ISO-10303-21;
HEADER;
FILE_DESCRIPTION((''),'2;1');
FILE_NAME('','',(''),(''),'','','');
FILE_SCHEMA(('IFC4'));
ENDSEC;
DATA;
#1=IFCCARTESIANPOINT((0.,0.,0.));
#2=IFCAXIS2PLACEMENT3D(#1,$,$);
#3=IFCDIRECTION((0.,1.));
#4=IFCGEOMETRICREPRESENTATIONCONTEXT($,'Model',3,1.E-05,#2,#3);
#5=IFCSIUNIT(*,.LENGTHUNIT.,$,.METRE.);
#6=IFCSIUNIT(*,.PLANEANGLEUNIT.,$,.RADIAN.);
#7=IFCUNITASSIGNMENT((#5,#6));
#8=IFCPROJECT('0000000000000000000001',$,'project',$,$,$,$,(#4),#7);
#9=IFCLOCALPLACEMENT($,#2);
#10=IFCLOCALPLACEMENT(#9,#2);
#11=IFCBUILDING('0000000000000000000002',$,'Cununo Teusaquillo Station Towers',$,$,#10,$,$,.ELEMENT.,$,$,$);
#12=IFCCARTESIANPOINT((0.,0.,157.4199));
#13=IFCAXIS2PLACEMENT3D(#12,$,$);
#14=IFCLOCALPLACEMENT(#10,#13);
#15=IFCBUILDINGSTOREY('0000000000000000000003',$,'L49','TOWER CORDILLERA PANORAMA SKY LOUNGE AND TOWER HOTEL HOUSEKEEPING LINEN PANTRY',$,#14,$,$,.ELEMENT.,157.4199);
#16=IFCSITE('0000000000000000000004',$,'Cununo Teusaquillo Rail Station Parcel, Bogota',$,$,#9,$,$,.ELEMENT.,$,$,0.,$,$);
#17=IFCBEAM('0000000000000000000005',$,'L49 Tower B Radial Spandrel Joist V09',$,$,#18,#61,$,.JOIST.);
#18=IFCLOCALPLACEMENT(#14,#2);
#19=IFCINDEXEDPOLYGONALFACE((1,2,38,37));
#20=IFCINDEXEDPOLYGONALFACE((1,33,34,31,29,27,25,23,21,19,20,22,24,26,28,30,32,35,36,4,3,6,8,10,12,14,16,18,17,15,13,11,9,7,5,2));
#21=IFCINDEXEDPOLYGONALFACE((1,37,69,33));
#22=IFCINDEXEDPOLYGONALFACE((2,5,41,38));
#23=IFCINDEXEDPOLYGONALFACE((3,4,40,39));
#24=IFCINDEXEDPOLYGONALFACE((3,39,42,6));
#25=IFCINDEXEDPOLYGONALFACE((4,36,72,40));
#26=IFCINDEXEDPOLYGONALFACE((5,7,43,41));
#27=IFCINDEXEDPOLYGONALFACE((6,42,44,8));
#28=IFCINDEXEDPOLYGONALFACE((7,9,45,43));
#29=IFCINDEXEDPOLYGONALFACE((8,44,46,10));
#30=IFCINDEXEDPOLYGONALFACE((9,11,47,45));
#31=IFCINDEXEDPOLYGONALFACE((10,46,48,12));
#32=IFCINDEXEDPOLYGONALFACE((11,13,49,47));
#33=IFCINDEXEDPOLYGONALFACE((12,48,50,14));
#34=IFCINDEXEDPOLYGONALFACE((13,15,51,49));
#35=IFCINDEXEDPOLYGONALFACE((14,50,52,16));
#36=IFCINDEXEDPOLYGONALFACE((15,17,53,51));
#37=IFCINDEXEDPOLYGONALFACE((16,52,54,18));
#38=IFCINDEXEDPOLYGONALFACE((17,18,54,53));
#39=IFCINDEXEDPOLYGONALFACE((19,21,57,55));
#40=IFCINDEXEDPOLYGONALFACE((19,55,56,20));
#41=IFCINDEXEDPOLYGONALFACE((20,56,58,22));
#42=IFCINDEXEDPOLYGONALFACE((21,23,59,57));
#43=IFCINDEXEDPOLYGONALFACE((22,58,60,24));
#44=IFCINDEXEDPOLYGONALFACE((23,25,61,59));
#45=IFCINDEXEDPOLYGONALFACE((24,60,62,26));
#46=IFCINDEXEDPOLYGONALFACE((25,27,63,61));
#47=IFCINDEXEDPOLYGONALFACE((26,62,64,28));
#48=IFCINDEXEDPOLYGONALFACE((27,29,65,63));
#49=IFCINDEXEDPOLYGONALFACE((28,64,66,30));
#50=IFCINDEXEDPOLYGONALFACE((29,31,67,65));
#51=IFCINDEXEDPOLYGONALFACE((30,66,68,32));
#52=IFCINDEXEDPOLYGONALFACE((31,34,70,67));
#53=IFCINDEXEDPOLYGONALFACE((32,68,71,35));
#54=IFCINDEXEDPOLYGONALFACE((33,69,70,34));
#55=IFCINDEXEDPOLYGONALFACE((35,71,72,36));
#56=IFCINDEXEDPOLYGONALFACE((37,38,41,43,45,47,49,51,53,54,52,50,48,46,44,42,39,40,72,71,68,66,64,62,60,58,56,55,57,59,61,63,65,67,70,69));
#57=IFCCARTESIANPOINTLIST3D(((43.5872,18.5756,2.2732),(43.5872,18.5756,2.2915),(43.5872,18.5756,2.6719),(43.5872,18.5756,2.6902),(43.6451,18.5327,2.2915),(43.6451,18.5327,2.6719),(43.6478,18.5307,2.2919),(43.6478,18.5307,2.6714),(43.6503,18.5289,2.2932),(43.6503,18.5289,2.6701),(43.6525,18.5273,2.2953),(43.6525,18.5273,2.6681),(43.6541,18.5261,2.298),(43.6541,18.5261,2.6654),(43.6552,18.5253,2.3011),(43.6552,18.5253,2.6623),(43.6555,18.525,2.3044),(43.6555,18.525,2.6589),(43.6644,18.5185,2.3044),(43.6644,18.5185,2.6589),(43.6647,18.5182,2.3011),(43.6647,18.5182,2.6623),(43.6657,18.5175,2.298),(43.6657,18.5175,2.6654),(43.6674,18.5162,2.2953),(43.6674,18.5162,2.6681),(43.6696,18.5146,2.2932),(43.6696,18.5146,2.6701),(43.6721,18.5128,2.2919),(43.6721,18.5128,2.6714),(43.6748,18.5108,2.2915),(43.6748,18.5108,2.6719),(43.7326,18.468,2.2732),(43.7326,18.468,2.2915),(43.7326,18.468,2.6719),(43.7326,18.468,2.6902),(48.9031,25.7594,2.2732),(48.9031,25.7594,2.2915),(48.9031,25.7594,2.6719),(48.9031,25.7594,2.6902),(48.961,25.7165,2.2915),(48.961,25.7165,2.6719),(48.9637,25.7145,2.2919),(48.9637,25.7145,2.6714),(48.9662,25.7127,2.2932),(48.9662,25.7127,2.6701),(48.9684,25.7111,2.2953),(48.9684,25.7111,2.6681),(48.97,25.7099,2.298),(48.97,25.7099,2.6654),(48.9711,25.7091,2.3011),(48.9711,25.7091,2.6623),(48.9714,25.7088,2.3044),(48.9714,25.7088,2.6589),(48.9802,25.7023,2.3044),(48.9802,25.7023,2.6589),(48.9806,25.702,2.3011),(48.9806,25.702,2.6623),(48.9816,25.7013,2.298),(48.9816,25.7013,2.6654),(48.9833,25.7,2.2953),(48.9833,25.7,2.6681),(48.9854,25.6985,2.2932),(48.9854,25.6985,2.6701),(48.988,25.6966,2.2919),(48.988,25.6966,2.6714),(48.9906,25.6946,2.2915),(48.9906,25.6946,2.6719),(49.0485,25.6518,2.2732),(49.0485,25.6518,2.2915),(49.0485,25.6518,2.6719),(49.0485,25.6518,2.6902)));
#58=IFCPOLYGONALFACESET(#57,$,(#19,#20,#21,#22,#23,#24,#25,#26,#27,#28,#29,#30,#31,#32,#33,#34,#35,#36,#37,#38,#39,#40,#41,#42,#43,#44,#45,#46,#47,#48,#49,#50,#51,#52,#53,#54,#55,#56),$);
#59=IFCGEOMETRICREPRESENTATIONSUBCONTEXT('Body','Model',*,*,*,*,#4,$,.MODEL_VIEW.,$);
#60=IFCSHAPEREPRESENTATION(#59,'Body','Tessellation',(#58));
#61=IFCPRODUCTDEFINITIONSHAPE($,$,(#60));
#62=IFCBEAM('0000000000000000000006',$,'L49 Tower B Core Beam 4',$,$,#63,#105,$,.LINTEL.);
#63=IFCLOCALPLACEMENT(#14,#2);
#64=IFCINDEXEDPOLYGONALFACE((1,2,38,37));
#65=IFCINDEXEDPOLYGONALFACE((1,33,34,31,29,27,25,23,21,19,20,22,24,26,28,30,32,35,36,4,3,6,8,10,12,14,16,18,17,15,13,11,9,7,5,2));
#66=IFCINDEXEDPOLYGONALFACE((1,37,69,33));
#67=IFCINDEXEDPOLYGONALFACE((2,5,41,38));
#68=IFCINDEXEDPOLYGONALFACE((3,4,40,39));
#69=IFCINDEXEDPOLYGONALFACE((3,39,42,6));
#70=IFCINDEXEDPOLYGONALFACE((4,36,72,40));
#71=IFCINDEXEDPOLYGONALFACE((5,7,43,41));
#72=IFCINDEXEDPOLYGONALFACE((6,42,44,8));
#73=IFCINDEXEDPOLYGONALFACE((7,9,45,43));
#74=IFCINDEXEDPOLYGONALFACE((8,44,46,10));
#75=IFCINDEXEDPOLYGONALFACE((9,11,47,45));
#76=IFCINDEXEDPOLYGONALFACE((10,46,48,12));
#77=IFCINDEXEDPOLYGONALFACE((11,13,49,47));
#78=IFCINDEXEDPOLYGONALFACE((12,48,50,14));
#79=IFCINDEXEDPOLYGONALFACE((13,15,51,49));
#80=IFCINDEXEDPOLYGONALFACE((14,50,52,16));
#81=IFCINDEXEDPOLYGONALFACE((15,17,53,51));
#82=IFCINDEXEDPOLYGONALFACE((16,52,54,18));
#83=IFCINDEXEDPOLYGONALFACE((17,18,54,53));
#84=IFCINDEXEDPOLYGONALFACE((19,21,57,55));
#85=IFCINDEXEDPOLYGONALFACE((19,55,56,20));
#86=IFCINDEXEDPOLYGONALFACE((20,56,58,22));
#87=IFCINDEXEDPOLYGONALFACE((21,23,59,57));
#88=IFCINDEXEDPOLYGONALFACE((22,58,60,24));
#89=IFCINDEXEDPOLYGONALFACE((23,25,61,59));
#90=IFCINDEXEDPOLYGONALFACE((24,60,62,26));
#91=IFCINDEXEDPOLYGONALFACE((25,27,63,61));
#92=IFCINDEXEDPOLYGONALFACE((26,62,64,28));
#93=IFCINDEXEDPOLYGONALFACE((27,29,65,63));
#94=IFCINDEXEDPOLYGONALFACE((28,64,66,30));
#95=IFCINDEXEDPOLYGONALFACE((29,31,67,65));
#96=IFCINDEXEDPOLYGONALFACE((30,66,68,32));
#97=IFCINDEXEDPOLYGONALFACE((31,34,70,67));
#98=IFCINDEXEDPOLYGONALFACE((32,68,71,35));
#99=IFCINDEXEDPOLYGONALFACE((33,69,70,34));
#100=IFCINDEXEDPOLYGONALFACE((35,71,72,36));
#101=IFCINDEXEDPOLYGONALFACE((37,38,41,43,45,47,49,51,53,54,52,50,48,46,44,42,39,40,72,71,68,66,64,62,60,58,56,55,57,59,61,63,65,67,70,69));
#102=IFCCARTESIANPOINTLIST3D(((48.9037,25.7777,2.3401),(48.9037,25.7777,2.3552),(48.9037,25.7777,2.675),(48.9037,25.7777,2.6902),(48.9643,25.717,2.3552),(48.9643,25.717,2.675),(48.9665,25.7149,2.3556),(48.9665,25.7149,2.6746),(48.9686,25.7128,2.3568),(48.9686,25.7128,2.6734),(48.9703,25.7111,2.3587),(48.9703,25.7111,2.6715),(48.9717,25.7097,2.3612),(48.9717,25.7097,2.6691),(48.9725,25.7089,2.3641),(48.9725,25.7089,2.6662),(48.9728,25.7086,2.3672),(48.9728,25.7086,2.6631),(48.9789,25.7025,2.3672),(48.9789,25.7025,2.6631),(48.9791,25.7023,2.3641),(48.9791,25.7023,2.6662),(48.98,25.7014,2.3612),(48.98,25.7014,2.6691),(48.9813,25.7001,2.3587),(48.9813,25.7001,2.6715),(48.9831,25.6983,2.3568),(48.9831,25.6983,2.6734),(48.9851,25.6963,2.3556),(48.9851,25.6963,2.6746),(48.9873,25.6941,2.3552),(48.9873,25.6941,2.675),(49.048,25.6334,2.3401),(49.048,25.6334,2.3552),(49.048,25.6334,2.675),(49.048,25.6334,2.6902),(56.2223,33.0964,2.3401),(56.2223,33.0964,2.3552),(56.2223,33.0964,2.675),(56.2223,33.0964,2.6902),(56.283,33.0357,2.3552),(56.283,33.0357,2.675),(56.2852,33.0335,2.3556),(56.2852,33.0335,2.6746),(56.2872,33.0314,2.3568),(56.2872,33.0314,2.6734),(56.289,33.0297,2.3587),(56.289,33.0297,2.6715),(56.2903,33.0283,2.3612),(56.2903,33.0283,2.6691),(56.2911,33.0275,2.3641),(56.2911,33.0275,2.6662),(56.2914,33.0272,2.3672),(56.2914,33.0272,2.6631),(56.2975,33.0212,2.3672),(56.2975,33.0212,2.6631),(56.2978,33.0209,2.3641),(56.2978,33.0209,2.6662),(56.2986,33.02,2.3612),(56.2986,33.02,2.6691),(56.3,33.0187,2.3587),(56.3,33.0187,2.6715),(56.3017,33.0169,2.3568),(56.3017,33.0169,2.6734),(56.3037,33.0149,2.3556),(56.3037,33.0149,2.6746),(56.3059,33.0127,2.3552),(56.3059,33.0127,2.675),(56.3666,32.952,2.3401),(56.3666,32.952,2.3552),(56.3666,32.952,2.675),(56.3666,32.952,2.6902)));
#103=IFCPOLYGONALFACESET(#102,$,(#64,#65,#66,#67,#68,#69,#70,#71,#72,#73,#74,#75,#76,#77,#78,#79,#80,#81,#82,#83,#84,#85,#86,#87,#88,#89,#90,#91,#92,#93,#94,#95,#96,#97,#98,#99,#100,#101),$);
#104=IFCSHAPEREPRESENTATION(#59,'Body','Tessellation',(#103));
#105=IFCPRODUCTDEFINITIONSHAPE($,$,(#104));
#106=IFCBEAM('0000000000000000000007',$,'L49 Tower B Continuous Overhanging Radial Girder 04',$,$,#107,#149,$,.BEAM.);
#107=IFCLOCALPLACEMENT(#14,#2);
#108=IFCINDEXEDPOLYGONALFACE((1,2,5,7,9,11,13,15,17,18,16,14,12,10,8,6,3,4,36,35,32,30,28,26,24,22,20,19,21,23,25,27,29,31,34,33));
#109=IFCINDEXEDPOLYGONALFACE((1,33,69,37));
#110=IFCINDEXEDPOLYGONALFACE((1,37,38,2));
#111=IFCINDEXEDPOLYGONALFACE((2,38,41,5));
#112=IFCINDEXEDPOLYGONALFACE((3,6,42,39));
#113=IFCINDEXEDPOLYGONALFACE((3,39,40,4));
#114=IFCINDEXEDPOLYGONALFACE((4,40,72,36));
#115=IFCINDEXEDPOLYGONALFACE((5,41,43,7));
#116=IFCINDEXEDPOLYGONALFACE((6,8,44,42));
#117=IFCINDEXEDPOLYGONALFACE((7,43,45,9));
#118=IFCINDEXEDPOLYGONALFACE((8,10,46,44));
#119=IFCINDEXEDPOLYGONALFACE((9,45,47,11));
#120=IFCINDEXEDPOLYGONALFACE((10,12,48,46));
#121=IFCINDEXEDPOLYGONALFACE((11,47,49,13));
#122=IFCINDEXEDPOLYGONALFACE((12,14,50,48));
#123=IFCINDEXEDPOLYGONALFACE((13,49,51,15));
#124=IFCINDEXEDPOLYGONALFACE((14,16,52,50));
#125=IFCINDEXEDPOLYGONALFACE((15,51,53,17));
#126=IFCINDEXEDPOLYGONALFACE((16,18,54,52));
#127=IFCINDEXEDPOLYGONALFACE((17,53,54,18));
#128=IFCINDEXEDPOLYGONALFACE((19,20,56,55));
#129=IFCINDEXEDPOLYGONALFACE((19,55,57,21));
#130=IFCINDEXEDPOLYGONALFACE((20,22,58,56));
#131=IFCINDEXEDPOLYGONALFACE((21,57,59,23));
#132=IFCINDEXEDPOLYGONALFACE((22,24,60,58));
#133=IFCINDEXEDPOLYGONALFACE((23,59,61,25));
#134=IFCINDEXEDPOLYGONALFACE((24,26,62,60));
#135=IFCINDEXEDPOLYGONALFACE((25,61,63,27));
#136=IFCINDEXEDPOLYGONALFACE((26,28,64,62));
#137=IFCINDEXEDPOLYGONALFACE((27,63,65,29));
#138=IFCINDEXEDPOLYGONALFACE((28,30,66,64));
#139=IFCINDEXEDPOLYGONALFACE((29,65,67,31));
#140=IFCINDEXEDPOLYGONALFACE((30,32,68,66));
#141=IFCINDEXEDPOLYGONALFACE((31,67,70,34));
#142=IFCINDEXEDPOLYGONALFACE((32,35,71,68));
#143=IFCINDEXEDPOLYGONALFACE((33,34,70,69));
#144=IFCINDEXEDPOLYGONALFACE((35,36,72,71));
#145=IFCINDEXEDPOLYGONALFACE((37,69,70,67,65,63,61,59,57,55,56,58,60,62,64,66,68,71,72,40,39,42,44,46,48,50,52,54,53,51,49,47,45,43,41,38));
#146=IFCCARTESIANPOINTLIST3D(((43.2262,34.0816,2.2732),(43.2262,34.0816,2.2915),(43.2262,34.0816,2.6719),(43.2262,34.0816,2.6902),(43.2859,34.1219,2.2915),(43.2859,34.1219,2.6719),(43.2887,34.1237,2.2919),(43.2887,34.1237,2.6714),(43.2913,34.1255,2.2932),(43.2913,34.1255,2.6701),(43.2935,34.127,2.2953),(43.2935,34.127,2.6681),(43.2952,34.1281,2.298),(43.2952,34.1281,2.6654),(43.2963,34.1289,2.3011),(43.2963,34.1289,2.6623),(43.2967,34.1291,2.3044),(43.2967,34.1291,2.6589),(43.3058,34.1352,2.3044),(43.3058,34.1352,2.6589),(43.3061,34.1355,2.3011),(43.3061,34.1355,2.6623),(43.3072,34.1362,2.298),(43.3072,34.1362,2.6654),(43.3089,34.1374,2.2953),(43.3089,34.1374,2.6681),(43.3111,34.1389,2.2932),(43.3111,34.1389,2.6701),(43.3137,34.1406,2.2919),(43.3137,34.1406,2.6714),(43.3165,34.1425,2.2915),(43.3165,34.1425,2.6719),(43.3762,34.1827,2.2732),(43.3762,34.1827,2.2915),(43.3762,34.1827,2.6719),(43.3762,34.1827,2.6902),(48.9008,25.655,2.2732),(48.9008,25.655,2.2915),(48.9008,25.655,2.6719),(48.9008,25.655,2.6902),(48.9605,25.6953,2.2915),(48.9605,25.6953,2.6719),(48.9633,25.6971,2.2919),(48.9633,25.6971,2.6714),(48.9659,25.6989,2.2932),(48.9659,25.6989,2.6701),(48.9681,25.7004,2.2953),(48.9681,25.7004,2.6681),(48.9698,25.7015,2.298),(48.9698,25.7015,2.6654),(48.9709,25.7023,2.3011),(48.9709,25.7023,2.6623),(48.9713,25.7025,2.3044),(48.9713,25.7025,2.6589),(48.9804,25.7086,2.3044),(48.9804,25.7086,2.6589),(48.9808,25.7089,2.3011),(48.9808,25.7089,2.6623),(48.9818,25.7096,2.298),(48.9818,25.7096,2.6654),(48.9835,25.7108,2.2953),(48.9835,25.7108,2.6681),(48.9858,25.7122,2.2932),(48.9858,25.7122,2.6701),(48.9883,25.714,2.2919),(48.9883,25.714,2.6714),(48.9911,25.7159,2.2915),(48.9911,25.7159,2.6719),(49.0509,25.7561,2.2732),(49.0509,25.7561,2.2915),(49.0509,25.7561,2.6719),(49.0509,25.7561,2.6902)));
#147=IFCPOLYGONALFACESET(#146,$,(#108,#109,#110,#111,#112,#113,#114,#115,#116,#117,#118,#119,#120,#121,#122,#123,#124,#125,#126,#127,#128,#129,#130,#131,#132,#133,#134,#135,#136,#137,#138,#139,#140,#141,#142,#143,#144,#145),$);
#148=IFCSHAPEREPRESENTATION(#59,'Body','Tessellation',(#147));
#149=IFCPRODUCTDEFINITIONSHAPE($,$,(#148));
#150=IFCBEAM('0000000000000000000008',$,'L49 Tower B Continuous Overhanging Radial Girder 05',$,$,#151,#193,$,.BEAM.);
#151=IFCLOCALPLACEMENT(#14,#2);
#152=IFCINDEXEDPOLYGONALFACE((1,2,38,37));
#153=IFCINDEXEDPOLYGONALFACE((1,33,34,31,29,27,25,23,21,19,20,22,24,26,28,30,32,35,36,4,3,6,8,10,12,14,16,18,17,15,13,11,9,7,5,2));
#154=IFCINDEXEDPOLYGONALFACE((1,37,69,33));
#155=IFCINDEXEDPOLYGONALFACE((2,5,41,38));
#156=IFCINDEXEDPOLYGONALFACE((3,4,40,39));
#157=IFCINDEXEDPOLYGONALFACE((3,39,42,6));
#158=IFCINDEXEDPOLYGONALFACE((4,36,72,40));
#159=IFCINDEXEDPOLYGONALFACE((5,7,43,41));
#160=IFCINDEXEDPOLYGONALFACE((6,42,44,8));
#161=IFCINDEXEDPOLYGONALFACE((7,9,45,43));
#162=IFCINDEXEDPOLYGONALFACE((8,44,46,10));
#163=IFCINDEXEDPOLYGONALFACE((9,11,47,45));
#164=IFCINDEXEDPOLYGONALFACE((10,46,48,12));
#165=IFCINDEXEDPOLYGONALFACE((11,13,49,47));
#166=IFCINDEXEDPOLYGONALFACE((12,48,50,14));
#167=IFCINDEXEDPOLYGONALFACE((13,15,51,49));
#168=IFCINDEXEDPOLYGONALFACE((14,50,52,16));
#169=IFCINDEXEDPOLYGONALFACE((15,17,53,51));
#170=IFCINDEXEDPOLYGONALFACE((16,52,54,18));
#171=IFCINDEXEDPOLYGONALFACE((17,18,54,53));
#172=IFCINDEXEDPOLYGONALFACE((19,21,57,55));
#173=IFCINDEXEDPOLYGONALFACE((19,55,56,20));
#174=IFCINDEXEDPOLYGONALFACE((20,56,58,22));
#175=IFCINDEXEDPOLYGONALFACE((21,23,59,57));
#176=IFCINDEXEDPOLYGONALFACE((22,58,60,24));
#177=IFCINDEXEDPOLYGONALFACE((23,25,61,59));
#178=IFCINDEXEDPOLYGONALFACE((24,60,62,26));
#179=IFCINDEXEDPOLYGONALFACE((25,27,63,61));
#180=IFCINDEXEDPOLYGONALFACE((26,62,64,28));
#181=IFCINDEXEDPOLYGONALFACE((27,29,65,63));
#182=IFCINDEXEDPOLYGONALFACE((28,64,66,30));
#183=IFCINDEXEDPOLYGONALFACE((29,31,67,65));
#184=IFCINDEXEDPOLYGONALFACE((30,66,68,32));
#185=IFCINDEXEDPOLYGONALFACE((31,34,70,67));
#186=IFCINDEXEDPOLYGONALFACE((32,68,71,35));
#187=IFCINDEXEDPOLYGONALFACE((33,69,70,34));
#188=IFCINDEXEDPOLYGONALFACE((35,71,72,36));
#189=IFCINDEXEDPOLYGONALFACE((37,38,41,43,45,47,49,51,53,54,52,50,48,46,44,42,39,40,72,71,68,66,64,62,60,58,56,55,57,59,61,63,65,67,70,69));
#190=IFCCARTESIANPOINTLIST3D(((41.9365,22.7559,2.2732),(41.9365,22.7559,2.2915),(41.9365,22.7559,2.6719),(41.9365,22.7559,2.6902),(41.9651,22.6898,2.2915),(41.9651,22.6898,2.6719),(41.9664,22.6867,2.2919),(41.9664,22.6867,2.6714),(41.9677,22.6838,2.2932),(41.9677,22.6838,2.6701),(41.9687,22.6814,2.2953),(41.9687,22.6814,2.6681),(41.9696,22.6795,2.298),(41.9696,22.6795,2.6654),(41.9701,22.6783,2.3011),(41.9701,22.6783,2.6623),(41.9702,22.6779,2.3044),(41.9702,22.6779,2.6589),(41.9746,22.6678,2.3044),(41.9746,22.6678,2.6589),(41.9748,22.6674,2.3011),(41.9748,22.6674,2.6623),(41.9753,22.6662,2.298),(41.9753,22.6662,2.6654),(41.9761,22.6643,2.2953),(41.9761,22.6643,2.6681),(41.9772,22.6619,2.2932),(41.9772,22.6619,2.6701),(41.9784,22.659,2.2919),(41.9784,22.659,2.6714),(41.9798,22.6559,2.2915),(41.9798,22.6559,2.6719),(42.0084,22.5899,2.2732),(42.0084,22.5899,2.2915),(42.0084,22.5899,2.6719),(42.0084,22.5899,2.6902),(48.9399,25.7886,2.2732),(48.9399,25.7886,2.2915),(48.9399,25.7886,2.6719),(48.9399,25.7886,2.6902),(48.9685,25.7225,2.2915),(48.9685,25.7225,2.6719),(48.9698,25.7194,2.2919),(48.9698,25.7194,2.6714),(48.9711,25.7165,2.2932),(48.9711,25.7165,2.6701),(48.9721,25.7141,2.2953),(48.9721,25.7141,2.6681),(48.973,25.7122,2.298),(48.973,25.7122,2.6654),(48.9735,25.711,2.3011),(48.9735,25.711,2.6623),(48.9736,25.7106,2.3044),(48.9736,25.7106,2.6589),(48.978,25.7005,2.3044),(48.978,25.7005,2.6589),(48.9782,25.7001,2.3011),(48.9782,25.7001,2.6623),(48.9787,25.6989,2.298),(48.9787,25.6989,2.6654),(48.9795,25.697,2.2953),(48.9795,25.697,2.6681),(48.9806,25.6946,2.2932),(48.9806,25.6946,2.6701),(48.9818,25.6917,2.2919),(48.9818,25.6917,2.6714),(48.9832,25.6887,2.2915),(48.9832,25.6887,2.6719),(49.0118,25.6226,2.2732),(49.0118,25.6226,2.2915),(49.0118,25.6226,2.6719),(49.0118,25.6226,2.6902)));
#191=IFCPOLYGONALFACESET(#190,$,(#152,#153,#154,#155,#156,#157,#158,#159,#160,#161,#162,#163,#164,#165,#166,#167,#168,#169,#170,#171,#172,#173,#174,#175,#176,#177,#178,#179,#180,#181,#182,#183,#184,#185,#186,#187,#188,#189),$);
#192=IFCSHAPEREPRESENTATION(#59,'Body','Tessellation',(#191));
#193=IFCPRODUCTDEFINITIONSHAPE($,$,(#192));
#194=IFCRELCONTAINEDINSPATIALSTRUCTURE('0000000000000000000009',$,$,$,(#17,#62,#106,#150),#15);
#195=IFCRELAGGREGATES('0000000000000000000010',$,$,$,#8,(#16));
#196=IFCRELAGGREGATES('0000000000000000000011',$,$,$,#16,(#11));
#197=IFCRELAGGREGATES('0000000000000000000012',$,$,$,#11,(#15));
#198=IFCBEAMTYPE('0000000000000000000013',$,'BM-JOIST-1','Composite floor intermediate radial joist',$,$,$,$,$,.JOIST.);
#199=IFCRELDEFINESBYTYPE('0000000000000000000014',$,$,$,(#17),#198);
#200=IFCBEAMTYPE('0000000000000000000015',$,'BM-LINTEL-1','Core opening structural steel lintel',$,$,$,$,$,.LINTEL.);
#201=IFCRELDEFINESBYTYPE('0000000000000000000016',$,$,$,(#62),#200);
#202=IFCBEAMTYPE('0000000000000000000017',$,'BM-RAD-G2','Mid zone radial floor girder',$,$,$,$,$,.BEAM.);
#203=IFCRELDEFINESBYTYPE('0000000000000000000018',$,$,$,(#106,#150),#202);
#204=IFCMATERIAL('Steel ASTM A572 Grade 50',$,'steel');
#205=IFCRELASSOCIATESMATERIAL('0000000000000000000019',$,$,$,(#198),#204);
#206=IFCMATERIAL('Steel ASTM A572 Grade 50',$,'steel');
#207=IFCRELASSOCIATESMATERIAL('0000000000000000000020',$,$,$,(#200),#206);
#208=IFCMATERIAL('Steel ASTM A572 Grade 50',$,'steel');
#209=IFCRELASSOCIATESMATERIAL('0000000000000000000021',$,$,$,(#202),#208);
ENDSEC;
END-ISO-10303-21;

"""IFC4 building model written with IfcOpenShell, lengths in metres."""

from ifc_helpers import new_model, si_unit, direction, frame, origin, origin_2d, place, context, subcontext, project, spatial, i_section, extrude, material, material_profile, profile_set, type_object, element, save


model = new_model("IFC4")

# Units and contexts
model_context = context("Model", 3, precision=1e-05, world=origin(), true_north=direction((0.0, 1.0)))
body_context = subcontext(model_context, "Body", "Model", "MODEL_VIEW")
ifc_project = project(units=[si_unit("LENGTHUNIT", "METRE"), si_unit("PLANEANGLEUNIT", "RADIAN")], contexts=[model_context])

# Site, building, storey
site_placement = place(None, origin())
site = spatial("IfcSite", under=ifc_project, at=site_placement, Name="Cununo Teusaquillo Rail Station Parcel, Bogota", CompositionType="ELEMENT", RefElevation=0.0)
building_placement = place(site_placement, origin())
building = spatial("IfcBuilding", under=site, at=building_placement, Name="Cununo Teusaquillo Station Towers", CompositionType="ELEMENT")
storey_placement = place(building_placement, frame((0.0, 0.0, 157.4199)))
storey = spatial("IfcBuildingStorey", under=building, at=storey_placement, Name="L49", Description="TOWER CORDILLERA PANORAMA SKY LOUNGE AND TOWER HOTEL HOUSEKEEPING LINEN PANTRY", CompositionType="ELEMENT", Elevation=157.4199)

# Beams
ifc_material_1 = material(Name="Steel ASTM A572 Grade 50", Category="steel")
ifc_material_profile_1 = material_profile(ifc_material_1, i_section(OverallWidth=0.1809, OverallDepth=0.417, WebThickness=0.011, FlangeThickness=0.0183, FilletRadius=0.0129, at=origin_2d()), Name="W16X57")
ifc_profile_set_1 = profile_set([ifc_material_profile_1], Name="Steel ASTM A572 Grade 50")
beam_type_1 = type_object("IfcBeamType", Name="BM-JOIST-1", Description="Composite floor intermediate radial joist", PredefinedType="JOIST", material=ifc_profile_set_1)
beam_1_placement = place(storey_placement, frame((48.9758, 25.7056, 2.4817), z_axis=(-0.594834, -0.803848, 0.0), x_axis=(0.803848, -0.594834, 0.0)))
element("IfcBeam", 1, at=beam_1_placement, inside=storey, type_object=beam_type_1, Name="L49 Tower B Radial Spandrel Joist V09", PredefinedType="JOIST", context=body_context, shape_type="SweptSolid", body=[
    extrude(i_section(OverallWidth=0.1809, OverallDepth=0.417, WebThickness=0.011, FlangeThickness=0.0183, FilletRadius=0.0129, at=origin_2d()), origin(), (0.0, 0.0, 1.0), 8.9368),
])
ifc_material_2 = material(Name="Steel ASTM A572 Grade 50", Category="steel")
ifc_material_profile_2 = material_profile(ifc_material_2, i_section(OverallWidth=0.2041, OverallDepth=0.3501, WebThickness=0.0085, FlangeThickness=0.0151, FilletRadius=0.012, at=origin_2d()), Name="W14X48")
ifc_profile_set_2 = profile_set([ifc_material_profile_2], Name="Steel ASTM A572 Grade 50")
beam_type_2 = type_object("IfcBeamType", Name="BM-LINTEL-1", Description="Core opening structural steel lintel", PredefinedType="LINTEL", material=ifc_profile_set_2)
beam_2_placement = place(storey_placement, frame((48.9758, 25.7056, 2.5151), z_axis=(0.707107, 0.707107, 0.0), x_axis=(-0.707107, 0.707107, 0.0)))
element("IfcBeam", 2, at=beam_2_placement, inside=storey, type_object=beam_type_2, Name="L49 Tower B Core Beam 4", PredefinedType="LINTEL", context=body_context, shape_type="SweptSolid", body=[
    extrude(i_section(OverallWidth=0.2041, OverallDepth=0.3501, WebThickness=0.0085, FlangeThickness=0.0151, FilletRadius=0.012, at=origin_2d()), origin(), (0.0, 0.0, 1.0), 10.3501),
])
ifc_material_3 = material(Name="Steel ASTM A572 Grade 50", Category="steel")
ifc_material_profile_3 = material_profile(ifc_material_3, i_section(OverallWidth=0.1809, OverallDepth=0.417, WebThickness=0.011, FlangeThickness=0.0183, FilletRadius=0.0129, at=origin_2d()), Name="W16X57")
ifc_profile_set_3 = profile_set([ifc_material_profile_3], Name="Steel ASTM A572 Grade 50")
beam_type_3 = type_object("IfcBeamType", Name="BM-RAD-G2", Description="Mid zone radial floor girder", PredefinedType="BEAM", material=ifc_profile_set_3)
beam_3_placement = place(storey_placement, frame((48.9758, 25.7056, 2.4817), z_axis=(-0.558571, 0.829457, 0.0), x_axis=(-0.829457, -0.558571, 0.0)))
element("IfcBeam", 3, at=beam_3_placement, inside=storey, type_object=beam_type_3, Name="L49 Tower B Continuous Overhanging Radial Girder 04", PredefinedType="BEAM", context=body_context, shape_type="SweptSolid", body=[
    extrude(i_section(OverallWidth=0.1809, OverallDepth=0.417, WebThickness=0.011, FlangeThickness=0.0183, FilletRadius=0.0129, at=origin_2d()), origin(), (0.0, 0.0, 1.0), 10.1592),
])
beam_4_placement = place(storey_placement, frame((48.9758, 25.7056, 2.4817), z_axis=(-0.917656, -0.397376, 0.0), x_axis=(0.397376, -0.917656, 0.0)))
element("IfcBeam", 4, at=beam_4_placement, inside=storey, type_object=beam_type_3, Name="L49 Tower B Continuous Overhanging Radial Girder 05", PredefinedType="BEAM", context=body_context, shape_type="SweptSolid", body=[
    extrude(i_section(OverallWidth=0.1809, OverallDepth=0.417, WebThickness=0.011, FlangeThickness=0.0183, FilletRadius=0.0129, at=origin_2d()), origin(), (0.0, 0.0, 1.0), 7.6318),
])

save(model, "model.ifc")
